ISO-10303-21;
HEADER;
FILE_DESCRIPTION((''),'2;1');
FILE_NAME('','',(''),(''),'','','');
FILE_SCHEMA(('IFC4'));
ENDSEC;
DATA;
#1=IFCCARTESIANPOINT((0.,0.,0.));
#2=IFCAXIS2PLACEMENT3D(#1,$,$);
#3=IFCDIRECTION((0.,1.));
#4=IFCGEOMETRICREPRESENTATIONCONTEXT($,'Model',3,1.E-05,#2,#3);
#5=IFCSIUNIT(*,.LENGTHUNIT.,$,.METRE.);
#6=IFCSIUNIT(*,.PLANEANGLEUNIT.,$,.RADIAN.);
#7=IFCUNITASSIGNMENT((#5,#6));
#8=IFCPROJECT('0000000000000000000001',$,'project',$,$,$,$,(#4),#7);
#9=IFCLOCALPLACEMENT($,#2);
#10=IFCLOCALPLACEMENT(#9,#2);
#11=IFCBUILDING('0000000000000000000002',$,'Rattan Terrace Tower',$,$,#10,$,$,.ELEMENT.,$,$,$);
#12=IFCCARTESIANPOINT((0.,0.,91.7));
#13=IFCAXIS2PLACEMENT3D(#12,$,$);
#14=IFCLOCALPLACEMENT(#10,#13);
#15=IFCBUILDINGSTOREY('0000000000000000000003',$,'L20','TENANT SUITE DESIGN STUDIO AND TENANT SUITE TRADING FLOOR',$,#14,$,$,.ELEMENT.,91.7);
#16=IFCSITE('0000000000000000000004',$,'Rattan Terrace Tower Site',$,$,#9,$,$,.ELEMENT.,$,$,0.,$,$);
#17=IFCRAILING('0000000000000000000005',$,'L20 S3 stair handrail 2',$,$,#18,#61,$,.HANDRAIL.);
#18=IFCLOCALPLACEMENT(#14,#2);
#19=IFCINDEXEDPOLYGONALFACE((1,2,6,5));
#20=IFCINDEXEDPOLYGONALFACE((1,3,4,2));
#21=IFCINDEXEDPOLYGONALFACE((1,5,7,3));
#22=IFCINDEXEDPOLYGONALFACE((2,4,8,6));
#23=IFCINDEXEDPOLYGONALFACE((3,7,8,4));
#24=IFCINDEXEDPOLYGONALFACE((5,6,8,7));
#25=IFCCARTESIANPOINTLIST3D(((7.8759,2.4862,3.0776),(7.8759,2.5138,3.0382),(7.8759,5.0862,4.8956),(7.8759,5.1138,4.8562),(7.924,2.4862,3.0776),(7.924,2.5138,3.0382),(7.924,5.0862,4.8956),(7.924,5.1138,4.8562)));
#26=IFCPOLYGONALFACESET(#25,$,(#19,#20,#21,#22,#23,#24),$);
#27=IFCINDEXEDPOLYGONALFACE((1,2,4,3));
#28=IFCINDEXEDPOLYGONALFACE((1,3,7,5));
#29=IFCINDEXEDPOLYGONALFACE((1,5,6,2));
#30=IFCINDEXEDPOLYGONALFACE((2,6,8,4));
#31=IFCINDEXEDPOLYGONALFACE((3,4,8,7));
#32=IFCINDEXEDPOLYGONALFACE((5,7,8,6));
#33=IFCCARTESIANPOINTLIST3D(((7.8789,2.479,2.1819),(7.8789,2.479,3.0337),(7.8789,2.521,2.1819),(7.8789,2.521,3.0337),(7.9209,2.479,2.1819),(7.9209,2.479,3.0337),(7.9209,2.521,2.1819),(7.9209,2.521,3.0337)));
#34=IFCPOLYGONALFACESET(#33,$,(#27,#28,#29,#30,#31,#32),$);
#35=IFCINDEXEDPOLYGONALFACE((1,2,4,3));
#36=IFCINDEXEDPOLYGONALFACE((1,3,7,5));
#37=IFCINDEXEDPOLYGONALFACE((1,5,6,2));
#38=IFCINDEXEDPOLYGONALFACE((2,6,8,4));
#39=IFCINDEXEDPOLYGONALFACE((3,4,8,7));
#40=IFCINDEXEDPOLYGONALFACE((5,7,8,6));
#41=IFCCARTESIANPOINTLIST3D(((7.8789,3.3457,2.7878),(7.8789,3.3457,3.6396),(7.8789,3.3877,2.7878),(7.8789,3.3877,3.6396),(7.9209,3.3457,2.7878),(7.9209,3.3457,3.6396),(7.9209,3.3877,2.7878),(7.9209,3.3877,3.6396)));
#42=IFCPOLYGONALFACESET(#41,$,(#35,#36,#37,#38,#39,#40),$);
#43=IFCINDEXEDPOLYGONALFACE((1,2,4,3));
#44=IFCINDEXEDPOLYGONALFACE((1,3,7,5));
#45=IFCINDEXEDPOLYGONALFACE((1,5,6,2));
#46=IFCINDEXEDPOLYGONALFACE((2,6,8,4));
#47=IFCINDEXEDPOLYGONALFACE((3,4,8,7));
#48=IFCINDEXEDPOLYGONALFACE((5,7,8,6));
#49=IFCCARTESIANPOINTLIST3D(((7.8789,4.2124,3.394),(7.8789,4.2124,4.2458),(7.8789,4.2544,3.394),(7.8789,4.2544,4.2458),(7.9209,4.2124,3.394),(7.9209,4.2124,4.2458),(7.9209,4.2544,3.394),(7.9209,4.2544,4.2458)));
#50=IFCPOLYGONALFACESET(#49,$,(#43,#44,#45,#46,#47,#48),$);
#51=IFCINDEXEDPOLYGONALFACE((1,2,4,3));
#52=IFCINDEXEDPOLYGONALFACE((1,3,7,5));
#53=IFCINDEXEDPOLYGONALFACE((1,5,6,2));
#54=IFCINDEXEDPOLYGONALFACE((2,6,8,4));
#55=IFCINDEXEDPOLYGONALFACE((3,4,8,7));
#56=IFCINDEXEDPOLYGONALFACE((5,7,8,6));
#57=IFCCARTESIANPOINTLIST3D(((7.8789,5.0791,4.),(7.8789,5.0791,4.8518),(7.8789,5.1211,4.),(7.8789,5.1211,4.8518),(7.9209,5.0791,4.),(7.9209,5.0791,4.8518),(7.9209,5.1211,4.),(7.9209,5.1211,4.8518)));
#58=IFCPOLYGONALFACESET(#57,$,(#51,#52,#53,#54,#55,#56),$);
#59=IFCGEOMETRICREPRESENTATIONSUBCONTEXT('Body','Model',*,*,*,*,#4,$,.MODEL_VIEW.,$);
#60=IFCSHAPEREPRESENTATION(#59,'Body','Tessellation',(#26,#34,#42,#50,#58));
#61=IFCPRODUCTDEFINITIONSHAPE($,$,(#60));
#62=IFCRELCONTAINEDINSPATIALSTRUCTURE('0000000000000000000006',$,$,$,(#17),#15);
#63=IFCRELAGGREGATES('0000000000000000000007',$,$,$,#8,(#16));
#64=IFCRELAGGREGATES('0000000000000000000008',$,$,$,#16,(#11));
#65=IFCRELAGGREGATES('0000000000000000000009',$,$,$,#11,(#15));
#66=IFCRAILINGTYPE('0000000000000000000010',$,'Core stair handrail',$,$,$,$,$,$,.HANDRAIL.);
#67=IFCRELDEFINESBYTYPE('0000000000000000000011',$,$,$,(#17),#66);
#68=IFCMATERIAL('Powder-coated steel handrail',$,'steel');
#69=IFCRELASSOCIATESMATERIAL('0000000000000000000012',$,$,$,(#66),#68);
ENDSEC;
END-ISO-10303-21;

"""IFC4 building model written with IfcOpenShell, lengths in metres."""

from ifc_helpers import new_model, si_unit, direction, frame, origin, origin_2d, place, context, subcontext, project, spatial, rectangle, extrude, material, type_object, element, save


model = new_model("IFC4")

# Units and contexts
model_context = context("Model", 3, precision=1e-05, world=origin(), true_north=direction((0.0, 1.0)))
body_context = subcontext(model_context, "Body", "Model", "MODEL_VIEW")
ifc_project = project(units=[si_unit("LENGTHUNIT", "METRE"), si_unit("PLANEANGLEUNIT", "RADIAN")], contexts=[model_context])

# Site, building, storey
site_placement = place(None, origin())
site = spatial("IfcSite", under=ifc_project, at=site_placement, Name="Rattan Terrace Tower Site", CompositionType="ELEMENT", RefElevation=0.0)
building_placement = place(site_placement, origin())
building = spatial("IfcBuilding", under=site, at=building_placement, Name="Rattan Terrace Tower", CompositionType="ELEMENT")
storey_placement = place(building_placement, frame((0.0, 0.0, 91.7)))
storey = spatial("IfcBuildingStorey", under=building, at=storey_placement, Name="L20", Description="TENANT SUITE DESIGN STUDIO AND TENANT SUITE TRADING FLOOR", CompositionType="ELEMENT", Elevation=91.7)

# Railing
ifc_material_1 = material(Name="Powder-coated steel handrail", Category="steel")
railing_type_1 = type_object("IfcRailingType", Name="Core stair handrail", PredefinedType="HANDRAIL", material=ifc_material_1)
railing_1_placement = place(storey_placement, frame((7.8999, 2.5, 2.1819)))
element("IfcRailing", 1, at=railing_1_placement, inside=storey, type_object=railing_type_1, Name="L20 S3 stair handrail 2", PredefinedType="HANDRAIL", context=body_context, shape_type="SweptSolid", body=[
    extrude(rectangle(XDim=0.0481, YDim=0.0481, at=origin_2d()), frame((0.0, 0.0, 0.876), z_axis=(0.0, 0.819521, 0.573049), x_axis=(-1.0, 0.0, 0.0)), (0.0, 0.0, 1.0), 3.1726),
    extrude(rectangle(XDim=0.042, YDim=0.042, at=origin_2d()), origin(), (0.0, 0.0, 1.0), 0.8518),
    extrude(rectangle(XDim=0.042, YDim=0.042, at=origin_2d()), frame((0.0, 0.8667, 0.606)), (0.0, 0.0, 1.0), 0.8518),
    extrude(rectangle(XDim=0.042, YDim=0.042, at=origin_2d()), frame((0.0, 1.7334, 1.2122)), (0.0, 0.0, 1.0), 0.8518),
    extrude(rectangle(XDim=0.042, YDim=0.042, at=origin_2d()), frame((0.0, 2.6001, 1.8181)), (0.0, 0.0, 1.0), 0.8518),
])

save(model, "model.ifc")
